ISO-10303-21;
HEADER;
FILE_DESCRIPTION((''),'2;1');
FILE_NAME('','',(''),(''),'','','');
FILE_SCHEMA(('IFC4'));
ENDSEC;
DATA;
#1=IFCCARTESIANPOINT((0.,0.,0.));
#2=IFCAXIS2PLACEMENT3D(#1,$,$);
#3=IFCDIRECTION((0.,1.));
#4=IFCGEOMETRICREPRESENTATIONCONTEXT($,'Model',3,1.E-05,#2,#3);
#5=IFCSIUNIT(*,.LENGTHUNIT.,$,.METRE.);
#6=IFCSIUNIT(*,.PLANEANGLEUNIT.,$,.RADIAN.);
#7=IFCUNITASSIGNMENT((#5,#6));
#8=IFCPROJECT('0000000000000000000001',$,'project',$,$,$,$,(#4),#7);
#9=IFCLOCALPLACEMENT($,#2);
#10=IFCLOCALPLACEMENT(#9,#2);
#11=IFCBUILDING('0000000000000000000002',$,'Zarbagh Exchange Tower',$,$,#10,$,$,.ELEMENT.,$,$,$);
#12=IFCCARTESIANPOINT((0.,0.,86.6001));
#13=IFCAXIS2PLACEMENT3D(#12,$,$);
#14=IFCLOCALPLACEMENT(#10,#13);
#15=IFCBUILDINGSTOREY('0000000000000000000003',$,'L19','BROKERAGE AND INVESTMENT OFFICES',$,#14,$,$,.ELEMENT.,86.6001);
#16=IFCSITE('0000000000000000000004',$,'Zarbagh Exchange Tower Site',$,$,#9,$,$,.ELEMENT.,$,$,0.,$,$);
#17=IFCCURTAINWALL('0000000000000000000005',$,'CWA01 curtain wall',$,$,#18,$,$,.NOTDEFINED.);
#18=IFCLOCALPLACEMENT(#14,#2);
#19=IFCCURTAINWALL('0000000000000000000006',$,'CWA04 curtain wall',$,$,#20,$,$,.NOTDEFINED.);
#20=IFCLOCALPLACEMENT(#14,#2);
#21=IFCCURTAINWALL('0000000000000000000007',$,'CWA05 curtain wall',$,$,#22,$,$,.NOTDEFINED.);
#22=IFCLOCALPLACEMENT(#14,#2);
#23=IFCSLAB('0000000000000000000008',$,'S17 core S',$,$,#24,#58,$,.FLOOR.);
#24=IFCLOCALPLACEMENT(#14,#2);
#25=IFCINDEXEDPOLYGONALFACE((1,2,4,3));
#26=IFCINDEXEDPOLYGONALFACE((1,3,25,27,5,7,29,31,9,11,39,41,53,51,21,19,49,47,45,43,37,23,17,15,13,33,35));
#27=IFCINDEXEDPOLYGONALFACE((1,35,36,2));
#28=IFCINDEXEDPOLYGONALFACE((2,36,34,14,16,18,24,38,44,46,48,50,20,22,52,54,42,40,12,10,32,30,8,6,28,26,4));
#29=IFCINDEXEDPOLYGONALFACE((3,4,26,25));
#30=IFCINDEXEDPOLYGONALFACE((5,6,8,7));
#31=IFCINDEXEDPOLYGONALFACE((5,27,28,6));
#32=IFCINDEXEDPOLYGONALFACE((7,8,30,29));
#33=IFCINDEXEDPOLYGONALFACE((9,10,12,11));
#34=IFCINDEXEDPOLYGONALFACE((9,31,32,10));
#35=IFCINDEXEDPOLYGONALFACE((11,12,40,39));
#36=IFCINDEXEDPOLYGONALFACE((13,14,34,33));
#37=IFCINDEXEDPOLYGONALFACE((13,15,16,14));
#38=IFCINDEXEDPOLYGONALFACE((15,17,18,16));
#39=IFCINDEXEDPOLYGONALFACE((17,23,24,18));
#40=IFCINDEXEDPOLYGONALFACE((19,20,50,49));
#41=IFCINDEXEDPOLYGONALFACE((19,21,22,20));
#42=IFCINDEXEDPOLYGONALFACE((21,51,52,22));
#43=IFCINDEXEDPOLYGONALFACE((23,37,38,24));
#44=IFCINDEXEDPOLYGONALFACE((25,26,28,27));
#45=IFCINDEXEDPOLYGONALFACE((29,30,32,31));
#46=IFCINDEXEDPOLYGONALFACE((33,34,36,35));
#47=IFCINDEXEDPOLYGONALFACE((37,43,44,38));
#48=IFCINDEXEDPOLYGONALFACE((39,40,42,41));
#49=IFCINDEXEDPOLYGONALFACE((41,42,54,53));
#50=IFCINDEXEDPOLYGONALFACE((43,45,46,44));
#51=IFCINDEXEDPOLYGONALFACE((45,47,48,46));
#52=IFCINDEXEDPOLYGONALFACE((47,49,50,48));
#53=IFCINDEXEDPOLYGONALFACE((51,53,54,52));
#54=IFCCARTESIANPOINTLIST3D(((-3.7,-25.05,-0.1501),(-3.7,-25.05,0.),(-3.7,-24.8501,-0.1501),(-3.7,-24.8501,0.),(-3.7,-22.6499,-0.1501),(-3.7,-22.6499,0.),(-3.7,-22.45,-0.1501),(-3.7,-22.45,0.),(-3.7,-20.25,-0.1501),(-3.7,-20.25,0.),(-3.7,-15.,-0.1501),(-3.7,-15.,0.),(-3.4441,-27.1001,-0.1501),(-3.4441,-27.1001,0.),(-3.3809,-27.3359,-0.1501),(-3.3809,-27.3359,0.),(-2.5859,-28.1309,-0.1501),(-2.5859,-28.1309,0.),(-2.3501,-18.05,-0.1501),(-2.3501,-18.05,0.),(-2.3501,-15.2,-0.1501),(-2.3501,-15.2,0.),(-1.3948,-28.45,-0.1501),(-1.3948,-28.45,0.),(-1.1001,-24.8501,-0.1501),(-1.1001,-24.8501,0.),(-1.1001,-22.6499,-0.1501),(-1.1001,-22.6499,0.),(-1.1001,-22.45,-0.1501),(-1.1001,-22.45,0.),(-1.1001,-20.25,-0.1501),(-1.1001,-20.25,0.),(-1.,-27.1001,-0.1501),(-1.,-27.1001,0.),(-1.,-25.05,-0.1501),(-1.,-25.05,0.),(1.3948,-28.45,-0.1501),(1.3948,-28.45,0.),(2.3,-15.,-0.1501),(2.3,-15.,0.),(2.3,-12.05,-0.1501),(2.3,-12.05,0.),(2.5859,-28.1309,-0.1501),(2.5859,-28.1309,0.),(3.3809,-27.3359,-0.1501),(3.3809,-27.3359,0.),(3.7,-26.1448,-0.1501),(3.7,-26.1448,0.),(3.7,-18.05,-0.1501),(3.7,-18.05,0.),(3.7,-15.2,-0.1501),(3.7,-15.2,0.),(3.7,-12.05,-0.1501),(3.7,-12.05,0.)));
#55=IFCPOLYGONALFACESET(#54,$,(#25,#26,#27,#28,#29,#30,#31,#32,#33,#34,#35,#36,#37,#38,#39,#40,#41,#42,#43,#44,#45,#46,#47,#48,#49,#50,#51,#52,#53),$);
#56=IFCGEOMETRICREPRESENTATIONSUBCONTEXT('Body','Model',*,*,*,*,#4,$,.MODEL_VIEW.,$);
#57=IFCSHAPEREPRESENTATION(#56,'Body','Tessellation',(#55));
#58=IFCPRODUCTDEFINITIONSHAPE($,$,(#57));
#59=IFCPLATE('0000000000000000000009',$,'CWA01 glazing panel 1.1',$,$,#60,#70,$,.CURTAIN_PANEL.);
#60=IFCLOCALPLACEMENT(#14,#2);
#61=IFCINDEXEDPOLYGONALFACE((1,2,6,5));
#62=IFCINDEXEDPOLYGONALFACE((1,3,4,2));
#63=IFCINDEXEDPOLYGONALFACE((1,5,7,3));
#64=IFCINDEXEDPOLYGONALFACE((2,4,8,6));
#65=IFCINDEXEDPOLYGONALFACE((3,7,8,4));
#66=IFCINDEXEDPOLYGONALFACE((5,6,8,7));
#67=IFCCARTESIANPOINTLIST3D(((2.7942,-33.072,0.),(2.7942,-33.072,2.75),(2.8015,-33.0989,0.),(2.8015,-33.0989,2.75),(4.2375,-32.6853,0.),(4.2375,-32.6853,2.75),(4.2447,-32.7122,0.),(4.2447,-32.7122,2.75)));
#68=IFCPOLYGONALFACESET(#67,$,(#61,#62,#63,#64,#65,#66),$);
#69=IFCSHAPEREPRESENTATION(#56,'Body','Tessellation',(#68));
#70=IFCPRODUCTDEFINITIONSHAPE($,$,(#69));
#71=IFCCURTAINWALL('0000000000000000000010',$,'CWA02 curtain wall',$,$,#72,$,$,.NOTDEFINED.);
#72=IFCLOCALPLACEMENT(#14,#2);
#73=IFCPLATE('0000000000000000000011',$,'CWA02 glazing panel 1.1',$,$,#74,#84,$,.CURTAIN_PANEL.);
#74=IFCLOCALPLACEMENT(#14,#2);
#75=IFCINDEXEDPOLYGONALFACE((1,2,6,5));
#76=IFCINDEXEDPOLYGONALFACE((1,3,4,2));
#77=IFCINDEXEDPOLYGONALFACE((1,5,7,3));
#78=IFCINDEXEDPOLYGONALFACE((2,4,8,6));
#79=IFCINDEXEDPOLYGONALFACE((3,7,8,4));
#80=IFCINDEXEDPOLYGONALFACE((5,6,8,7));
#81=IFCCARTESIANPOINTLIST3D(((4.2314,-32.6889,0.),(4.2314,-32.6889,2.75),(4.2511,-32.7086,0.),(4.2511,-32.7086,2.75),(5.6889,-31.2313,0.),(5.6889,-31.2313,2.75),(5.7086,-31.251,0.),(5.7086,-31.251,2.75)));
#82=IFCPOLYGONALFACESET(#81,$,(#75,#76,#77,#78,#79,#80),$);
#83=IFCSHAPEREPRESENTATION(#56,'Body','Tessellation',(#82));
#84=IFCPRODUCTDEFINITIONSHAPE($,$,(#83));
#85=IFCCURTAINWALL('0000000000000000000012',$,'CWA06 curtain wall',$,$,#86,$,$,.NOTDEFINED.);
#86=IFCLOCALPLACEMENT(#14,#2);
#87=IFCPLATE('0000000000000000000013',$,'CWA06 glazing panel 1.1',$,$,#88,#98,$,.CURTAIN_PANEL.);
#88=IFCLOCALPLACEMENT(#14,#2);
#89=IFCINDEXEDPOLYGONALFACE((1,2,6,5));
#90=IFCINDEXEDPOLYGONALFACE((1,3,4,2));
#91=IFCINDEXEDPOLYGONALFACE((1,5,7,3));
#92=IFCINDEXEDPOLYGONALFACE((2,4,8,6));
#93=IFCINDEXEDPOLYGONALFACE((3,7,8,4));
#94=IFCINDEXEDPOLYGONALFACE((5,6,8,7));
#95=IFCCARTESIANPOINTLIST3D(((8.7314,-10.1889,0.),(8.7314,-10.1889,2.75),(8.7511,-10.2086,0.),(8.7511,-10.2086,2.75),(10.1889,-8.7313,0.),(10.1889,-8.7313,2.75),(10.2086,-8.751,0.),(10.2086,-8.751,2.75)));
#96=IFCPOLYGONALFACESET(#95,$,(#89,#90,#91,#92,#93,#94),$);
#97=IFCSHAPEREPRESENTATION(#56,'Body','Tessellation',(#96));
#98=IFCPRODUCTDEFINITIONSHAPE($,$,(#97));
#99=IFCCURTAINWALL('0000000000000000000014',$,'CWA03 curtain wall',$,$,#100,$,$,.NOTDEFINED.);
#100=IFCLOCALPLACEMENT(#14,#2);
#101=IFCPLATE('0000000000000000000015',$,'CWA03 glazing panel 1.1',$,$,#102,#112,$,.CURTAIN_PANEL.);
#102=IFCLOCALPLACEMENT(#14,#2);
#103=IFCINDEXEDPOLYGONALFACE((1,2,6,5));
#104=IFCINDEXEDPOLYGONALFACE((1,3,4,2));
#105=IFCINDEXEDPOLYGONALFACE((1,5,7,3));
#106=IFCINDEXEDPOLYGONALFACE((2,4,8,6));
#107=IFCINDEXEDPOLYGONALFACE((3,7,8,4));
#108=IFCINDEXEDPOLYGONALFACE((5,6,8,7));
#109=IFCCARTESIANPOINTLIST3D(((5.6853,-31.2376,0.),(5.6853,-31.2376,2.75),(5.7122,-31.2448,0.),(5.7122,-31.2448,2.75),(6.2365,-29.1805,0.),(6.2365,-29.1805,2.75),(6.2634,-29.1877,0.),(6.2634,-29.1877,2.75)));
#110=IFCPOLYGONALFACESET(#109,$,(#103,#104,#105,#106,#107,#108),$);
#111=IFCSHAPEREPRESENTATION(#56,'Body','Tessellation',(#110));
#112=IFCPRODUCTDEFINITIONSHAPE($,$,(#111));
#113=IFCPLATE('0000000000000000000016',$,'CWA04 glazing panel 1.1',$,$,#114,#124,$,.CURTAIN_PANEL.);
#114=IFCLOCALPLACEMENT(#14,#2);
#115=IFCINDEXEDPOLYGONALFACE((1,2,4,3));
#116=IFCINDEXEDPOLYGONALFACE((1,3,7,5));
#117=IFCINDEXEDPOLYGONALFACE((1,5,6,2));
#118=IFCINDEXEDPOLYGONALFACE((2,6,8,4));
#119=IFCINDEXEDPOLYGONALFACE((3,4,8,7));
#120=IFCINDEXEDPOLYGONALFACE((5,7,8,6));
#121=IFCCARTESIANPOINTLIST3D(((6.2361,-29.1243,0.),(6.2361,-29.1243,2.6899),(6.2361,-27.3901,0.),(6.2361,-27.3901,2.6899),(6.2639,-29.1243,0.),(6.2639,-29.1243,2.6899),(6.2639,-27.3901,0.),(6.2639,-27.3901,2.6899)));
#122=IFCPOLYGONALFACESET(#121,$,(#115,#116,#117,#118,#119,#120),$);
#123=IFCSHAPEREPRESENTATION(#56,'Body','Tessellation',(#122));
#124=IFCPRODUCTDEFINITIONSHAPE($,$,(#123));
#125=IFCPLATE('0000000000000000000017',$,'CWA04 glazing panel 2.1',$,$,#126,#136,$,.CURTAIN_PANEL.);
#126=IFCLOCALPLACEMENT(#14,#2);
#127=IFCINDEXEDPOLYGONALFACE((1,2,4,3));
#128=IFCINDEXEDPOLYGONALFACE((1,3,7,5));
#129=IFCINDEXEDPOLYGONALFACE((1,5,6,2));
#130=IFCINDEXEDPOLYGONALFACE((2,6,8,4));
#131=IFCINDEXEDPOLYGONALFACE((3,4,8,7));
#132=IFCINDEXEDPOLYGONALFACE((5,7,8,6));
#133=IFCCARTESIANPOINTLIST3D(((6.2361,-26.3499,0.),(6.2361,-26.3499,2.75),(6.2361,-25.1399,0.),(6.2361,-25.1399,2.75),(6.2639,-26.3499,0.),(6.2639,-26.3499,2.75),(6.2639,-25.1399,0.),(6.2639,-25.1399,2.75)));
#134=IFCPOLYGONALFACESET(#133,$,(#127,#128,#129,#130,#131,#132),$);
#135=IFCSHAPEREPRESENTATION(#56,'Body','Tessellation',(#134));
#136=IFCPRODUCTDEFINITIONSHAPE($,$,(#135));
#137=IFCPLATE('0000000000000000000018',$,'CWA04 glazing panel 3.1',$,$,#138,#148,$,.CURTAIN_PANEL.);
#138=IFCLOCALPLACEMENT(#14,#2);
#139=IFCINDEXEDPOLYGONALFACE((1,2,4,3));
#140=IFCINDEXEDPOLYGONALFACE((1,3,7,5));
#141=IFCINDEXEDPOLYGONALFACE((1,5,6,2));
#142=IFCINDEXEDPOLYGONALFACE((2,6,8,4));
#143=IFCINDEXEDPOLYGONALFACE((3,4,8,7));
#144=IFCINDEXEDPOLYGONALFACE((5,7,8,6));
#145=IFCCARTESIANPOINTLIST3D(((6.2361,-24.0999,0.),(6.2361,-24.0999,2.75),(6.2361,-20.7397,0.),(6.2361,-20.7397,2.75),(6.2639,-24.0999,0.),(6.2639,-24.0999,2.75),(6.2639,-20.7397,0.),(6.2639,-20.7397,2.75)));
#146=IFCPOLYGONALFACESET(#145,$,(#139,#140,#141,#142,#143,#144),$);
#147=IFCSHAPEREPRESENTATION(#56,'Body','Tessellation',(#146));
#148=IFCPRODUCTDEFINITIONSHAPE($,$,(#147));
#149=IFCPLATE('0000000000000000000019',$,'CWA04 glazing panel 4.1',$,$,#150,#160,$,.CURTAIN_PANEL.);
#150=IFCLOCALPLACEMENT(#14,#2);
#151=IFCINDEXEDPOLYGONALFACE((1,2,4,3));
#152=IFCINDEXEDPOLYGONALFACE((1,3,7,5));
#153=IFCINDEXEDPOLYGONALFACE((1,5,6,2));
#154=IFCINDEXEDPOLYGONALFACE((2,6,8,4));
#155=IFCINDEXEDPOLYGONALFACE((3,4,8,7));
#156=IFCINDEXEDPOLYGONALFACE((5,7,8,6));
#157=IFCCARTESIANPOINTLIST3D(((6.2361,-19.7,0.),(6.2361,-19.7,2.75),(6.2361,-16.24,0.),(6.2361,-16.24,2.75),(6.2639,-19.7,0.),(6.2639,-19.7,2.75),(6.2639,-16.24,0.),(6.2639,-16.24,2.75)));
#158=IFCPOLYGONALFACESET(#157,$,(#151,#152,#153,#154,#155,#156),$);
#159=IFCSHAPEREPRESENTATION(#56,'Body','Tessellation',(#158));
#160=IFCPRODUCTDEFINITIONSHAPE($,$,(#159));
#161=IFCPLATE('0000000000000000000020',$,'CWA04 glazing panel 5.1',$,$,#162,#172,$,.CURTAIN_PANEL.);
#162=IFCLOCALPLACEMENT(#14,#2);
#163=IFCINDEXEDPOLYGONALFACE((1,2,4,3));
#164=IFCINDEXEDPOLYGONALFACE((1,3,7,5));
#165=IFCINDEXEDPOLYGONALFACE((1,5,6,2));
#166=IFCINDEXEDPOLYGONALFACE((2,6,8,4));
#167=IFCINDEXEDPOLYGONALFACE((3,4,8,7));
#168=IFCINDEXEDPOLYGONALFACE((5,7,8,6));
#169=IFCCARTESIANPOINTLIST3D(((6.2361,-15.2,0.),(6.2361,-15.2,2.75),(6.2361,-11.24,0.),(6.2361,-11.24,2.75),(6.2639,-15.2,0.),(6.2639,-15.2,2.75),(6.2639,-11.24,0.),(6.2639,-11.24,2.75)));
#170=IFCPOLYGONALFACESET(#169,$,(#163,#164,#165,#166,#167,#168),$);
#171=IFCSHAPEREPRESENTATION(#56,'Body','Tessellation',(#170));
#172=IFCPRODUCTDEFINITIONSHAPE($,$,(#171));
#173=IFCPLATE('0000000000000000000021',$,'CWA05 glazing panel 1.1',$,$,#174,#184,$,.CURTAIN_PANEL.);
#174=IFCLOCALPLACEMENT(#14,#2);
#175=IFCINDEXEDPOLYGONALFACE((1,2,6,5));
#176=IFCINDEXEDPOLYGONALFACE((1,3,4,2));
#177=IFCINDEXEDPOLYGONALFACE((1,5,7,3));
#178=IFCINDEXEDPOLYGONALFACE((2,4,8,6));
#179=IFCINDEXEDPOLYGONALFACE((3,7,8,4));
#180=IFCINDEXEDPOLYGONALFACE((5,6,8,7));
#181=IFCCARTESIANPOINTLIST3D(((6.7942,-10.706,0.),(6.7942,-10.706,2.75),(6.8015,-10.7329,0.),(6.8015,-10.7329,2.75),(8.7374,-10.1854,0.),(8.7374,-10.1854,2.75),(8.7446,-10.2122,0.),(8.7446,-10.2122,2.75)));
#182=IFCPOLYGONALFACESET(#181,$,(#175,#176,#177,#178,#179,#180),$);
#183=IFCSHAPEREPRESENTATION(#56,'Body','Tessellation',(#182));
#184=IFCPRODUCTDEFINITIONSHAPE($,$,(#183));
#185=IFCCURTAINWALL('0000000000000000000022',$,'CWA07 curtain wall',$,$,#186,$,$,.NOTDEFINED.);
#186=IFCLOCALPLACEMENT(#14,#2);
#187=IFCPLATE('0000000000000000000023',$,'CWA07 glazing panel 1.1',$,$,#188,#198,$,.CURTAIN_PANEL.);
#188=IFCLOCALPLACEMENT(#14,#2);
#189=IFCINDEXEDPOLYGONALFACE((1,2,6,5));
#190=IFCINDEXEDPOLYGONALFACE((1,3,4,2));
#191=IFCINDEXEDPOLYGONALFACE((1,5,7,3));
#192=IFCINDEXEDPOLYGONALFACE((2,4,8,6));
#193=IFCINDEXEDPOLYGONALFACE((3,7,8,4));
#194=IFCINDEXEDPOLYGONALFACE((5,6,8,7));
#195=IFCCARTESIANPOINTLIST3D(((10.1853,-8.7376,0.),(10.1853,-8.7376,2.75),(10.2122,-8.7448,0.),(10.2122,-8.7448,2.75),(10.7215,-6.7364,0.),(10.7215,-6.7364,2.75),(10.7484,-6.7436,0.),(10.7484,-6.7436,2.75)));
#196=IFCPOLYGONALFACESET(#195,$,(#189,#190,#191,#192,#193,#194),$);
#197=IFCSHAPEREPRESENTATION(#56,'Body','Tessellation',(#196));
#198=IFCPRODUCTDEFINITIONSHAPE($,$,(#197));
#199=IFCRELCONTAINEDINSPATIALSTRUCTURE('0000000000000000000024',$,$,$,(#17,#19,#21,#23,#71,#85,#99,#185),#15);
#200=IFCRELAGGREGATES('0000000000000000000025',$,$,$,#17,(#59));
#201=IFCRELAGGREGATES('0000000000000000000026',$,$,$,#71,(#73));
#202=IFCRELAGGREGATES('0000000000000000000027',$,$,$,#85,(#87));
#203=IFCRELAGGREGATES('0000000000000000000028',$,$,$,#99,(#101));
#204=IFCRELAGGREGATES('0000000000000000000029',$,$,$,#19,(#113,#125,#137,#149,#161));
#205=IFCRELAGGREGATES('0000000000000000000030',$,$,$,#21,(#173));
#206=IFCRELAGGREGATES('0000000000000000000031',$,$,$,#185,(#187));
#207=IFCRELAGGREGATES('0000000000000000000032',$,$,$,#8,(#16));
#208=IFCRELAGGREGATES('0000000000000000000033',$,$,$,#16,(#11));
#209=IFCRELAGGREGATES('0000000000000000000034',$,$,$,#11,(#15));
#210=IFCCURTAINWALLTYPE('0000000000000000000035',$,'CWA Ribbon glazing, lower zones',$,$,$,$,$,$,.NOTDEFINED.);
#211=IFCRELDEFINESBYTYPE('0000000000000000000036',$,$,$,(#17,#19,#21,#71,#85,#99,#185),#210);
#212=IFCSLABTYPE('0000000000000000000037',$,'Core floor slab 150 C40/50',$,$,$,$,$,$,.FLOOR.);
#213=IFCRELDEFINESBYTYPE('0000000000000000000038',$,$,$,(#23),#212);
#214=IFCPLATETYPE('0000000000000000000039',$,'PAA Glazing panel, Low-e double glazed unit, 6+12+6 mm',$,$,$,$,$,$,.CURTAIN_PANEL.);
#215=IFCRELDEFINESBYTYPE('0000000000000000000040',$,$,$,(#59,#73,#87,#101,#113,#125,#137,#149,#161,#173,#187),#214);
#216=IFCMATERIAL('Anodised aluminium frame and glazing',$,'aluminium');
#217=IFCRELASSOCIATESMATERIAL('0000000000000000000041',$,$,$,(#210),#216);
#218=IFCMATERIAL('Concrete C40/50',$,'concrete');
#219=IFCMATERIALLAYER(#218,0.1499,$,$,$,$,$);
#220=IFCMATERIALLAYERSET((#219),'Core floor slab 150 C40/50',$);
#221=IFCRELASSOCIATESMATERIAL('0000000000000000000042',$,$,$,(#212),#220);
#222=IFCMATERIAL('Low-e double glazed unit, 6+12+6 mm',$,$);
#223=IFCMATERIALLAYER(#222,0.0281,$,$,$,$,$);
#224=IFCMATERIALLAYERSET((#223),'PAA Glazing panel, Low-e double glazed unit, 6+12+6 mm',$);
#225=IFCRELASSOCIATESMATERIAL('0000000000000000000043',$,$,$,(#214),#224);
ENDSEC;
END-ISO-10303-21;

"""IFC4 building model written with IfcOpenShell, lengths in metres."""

from ifc_helpers import new_model, si_unit, direction, frame, origin, place, context, subcontext, project, spatial, polyline, outline, extrude, source, transform, mapped, material, layer, layer_set, type_object, element, aggregate, save


model = new_model("IFC4")

# Units and contexts
model_context = context("Model", 3, precision=1e-05, world=origin(), true_north=direction((0.0, 1.0)))
body_context = subcontext(model_context, "Body", "Model", "MODEL_VIEW")
ifc_project = project(units=[si_unit("LENGTHUNIT", "METRE"), si_unit("PLANEANGLEUNIT", "RADIAN")], contexts=[model_context])

# Site, building, storey
site_placement = place(None, origin())
site = spatial("IfcSite", under=ifc_project, at=site_placement, Name="Zarbagh Exchange Tower Site", CompositionType="ELEMENT", RefElevation=0.0)
building_placement = place(site_placement, origin())
building = spatial("IfcBuilding", under=site, at=building_placement, Name="Zarbagh Exchange Tower", CompositionType="ELEMENT")
storey_placement = place(building_placement, frame((0.0, 0.0, 86.6001)))
storey = spatial("IfcBuildingStorey", under=building, at=storey_placement, Name="L19", Description="BROKERAGE AND INVESTMENT OFFICES", CompositionType="ELEMENT", Elevation=86.6001)

# Curtain wall
ifc_material_1 = material(Name="Anodised aluminium frame and glazing", Category="aluminium")
curtain_wall_type = type_object("IfcCurtainWallType", Name="CWA Ribbon glazing, lower zones", PredefinedType="NOTDEFINED", material=ifc_material_1)
curtain_wall_1_placement = place(storey_placement, origin())
curtain_wall_1 = element("IfcCurtainWall", 1, at=curtain_wall_1_placement, inside=storey, type_object=curtain_wall_type, Name="CWA01 curtain wall", PredefinedType="NOTDEFINED")
placement = place(storey_placement, origin())

# Curtain wall
curtain_wall_2_placement = place(storey_placement, origin())
curtain_wall_2 = element("IfcCurtainWall", 2, at=curtain_wall_2_placement, inside=storey, type_object=curtain_wall_type, Name="CWA04 curtain wall", PredefinedType="NOTDEFINED")

# Curtain wall
curtain_wall_3_placement = place(storey_placement, origin())
curtain_wall_3 = element("IfcCurtainWall", 3, at=curtain_wall_3_placement, inside=storey, type_object=curtain_wall_type, Name="CWA05 curtain wall", PredefinedType="NOTDEFINED")

# Slab
ifc_material_2 = material(Name="Concrete C40/50", Category="concrete")
ifc_layer_1 = layer(ifc_material_2, 0.1499)
ifc_layer_set_1 = layer_set([ifc_layer_1], Name="Core floor slab 150 C40/50")
slab_type = type_object("IfcSlabType", Name="Core floor slab 150 C40/50", PredefinedType="FLOOR", material=ifc_layer_set_1)
slab_1_placement = place(storey_placement, frame((0.0, 0.0, -0.1501)))
element("IfcSlab", 4, at=slab_1_placement, inside=storey, type_object=slab_type, Name="S17 core S", PredefinedType="FLOOR", context=body_context, shape_type="SweptSolid", body=[
    extrude(outline(polyline([(-2.5859, -28.1309), (-3.3809, -27.3359), (-3.6465, -26.3447), (-3.4441, -27.1001), (-1.0, -27.1001), (-1.0, -25.05), (-3.7, -25.05), (-3.7, -24.8501), (-1.1001, -24.8501), (-1.1001, -22.6499), (-3.7, -22.6499), (-3.7, -22.45), (-1.1001, -22.45), (-1.1001, -20.25), (-3.7, -20.25), (-3.7, -15.0), (2.3, -15.0), (2.3, -12.05), (3.7, -12.05), (3.7, -15.2), (-2.3501, -15.2), (-2.3501, -18.05), (3.7, -18.05), (3.7, -26.1448), (3.3809, -27.3359), (2.5859, -28.1309), (1.3948, -28.45), (-1.3948, -28.45), (-2.5859, -28.1309)])), origin(), (0.0, 0.0, 1.0), 0.1501),
])

# Plate
ifc_material_3 = material(Name="Low-e double glazed unit, 6+12+6 mm")
ifc_layer_2 = layer(ifc_material_3, 0.0281)
ifc_layer_set_2 = layer_set([ifc_layer_2], Name="PAA Glazing panel, Low-e double glazed unit, 6+12+6 mm")
plate_type = type_object("IfcPlateType", Name="PAA Glazing panel, Low-e double glazed unit, 6+12+6 mm", PredefinedType="CURTAIN_PANEL", material=ifc_layer_set_2)
shared_shape_1 = source(origin(), body_context, "Body", "SweptSolid", [
    extrude(outline(polyline([(0.0, -0.0139), (1.4941, -0.0139), (1.4941, 0.0139), (0.0, 0.0139), (0.0, -0.0139)])), origin(), (0.0, 0.0, 1.0), 2.75),
])
plate_1 = element("IfcPlate", 5, at=placement, type_object=plate_type, Name="CWA01 glazing panel 1.1", PredefinedType="CURTAIN_PANEL", context=body_context, shape_type="MappedRepresentation", body=[
    mapped(shared_shape_1, transform((2.7979, -33.0854, 0.0), x_axis=(0.965924, 0.258825, 0.0), y_axis=(-0.258825, 0.965924, 0.0), z_axis=(0.0, 0.0, 1.0))),
])
aggregate(curtain_wall_1, [plate_1])

# Curtain walls, plates
curtain_wall_4_placement = place(storey_placement, origin())
curtain_wall_4 = element("IfcCurtainWall", 6, at=curtain_wall_4_placement, inside=storey, type_object=curtain_wall_type, Name="CWA02 curtain wall", PredefinedType="NOTDEFINED")
shared_shape_2 = source(origin(), body_context, "Body", "SweptSolid", [
    extrude(outline(polyline([(0.0, -0.0139), (2.0613, -0.0139), (2.0613, 0.0139), (0.0, 0.0139), (0.0, -0.0139)])), origin(), (0.0, 0.0, 1.0), 2.75),
])
plate_2 = element("IfcPlate", 7, at=placement, type_object=plate_type, Name="CWA02 glazing panel 1.1", PredefinedType="CURTAIN_PANEL", context=body_context, shape_type="MappedRepresentation", body=[
    mapped(shared_shape_2, transform((4.2412, -32.6987, 0.0), x_axis=(0.707107, 0.707107, 0.0), y_axis=(-0.707107, 0.707107, 0.0), z_axis=(0.0, 0.0, 1.0))),
])
aggregate(curtain_wall_4, [plate_2])
curtain_wall_5_placement = place(storey_placement, origin())
curtain_wall_5 = element("IfcCurtainWall", 8, at=curtain_wall_5_placement, inside=storey, type_object=curtain_wall_type, Name="CWA06 curtain wall", PredefinedType="NOTDEFINED")
plate_3 = element("IfcPlate", 9, at=placement, type_object=plate_type, Name="CWA06 glazing panel 1.1", PredefinedType="CURTAIN_PANEL", context=body_context, shape_type="MappedRepresentation", body=[
    mapped(shared_shape_2, transform((8.7412, -10.1987, 0.0), x_axis=(0.707107, 0.707107, 0.0), y_axis=(-0.707107, 0.707107, 0.0), z_axis=(0.0, 0.0, 1.0))),
])
aggregate(curtain_wall_5, [plate_3])
curtain_wall_6_placement = place(storey_placement, origin())
curtain_wall_6 = element("IfcCurtainWall", 10, at=curtain_wall_6_placement, inside=storey, type_object=curtain_wall_type, Name="CWA03 curtain wall", PredefinedType="NOTDEFINED")
shared_shape_3 = source(origin(), body_context, "Body", "SweptSolid", [
    extrude(outline(polyline([(0.0, -0.0139), (2.1296, -0.0139), (2.1296, 0.0139), (0.0, 0.0139), (0.0, -0.0139)])), origin(), (0.0, 0.0, 1.0), 2.75),
])
plate_4 = element("IfcPlate", 11, at=placement, type_object=plate_type, Name="CWA03 glazing panel 1.1", PredefinedType="CURTAIN_PANEL", context=body_context, shape_type="MappedRepresentation", body=[
    mapped(shared_shape_3, transform((5.6987, -31.2412, 0.0), x_axis=(0.258825, 0.965924, 0.0), y_axis=(-0.965924, 0.258825, 0.0), z_axis=(0.0, 0.0, 1.0))),
])
aggregate(curtain_wall_6, [plate_4])

# Plates
shared_shape_4 = source(origin(), body_context, "Body", "SweptSolid", [
    extrude(outline(polyline([(0.0, -0.0139), (1.7341, -0.0139), (1.7341, 0.0139), (0.0, 0.0139), (0.0, -0.0139)])), origin(), (0.0, 0.0, 1.0), 2.6899),
])
plate_5 = element("IfcPlate", 12, at=placement, type_object=plate_type, Name="CWA04 glazing panel 1.1", PredefinedType="CURTAIN_PANEL", context=body_context, shape_type="MappedRepresentation", body=[
    mapped(shared_shape_4, transform((6.25, -29.1243, 0.0), x_axis=(0.0, 1.0, 0.0), y_axis=(-1.0, 0.0, 0.0), z_axis=(0.0, 0.0, 1.0))),
])
shared_shape_5 = source(origin(), body_context, "Body", "SweptSolid", [
    extrude(outline(polyline([(0.0, -0.0139), (1.21, -0.0139), (1.21, 0.0139), (0.0, 0.0139), (0.0, -0.0139)])), origin(), (0.0, 0.0, 1.0), 2.75),
])
plate_6 = element("IfcPlate", 13, at=placement, type_object=plate_type, Name="CWA04 glazing panel 2.1", PredefinedType="CURTAIN_PANEL", context=body_context, shape_type="MappedRepresentation", body=[
    mapped(shared_shape_5, transform((6.25, -26.3499, 0.0), x_axis=(0.0, 1.0, 0.0), y_axis=(-1.0, 0.0, 0.0), z_axis=(0.0, 0.0, 1.0))),
])
shared_shape_6 = source(origin(), body_context, "Body", "SweptSolid", [
    extrude(outline(polyline([(0.0, -0.0139), (3.3601, -0.0139), (3.3601, 0.0139), (0.0, 0.0139), (0.0, -0.0139)])), origin(), (0.0, 0.0, 1.0), 2.75),
])
plate_7 = element("IfcPlate", 14, at=placement, type_object=plate_type, Name="CWA04 glazing panel 3.1", PredefinedType="CURTAIN_PANEL", context=body_context, shape_type="MappedRepresentation", body=[
    mapped(shared_shape_6, transform((6.25, -24.0999, 0.0), x_axis=(0.0, 1.0, 0.0), y_axis=(-1.0, 0.0, 0.0), z_axis=(0.0, 0.0, 1.0))),
])
shared_shape_7 = source(origin(), body_context, "Body", "SweptSolid", [
    extrude(outline(polyline([(0.0, -0.0139), (3.46, -0.0139), (3.46, 0.0139), (0.0, 0.0139), (0.0, -0.0139)])), origin(), (0.0, 0.0, 1.0), 2.75),
])
plate_8 = element("IfcPlate", 15, at=placement, type_object=plate_type, Name="CWA04 glazing panel 4.1", PredefinedType="CURTAIN_PANEL", context=body_context, shape_type="MappedRepresentation", body=[
    mapped(shared_shape_7, transform((6.25, -19.7, 0.0), x_axis=(0.0, 1.0, 0.0), y_axis=(-1.0, 0.0, 0.0), z_axis=(0.0, 0.0, 1.0))),
])
shared_shape_8 = source(origin(), body_context, "Body", "SweptSolid", [
    extrude(outline(polyline([(0.0, -0.0139), (3.96, -0.0139), (3.96, 0.0139), (0.0, 0.0139), (0.0, -0.0139)])), origin(), (0.0, 0.0, 1.0), 2.75),
])
plate_9 = element("IfcPlate", 16, at=placement, type_object=plate_type, Name="CWA04 glazing panel 5.1", PredefinedType="CURTAIN_PANEL", context=body_context, shape_type="MappedRepresentation", body=[
    mapped(shared_shape_8, transform((6.25, -15.2, 0.0), x_axis=(0.0, 1.0, 0.0), y_axis=(-1.0, 0.0, 0.0), z_axis=(0.0, 0.0, 1.0))),
])
aggregate(curtain_wall_2, [plate_5, plate_6, plate_7, plate_8, plate_9])
shared_shape_9 = source(origin(), body_context, "Body", "SweptSolid", [
    extrude(outline(polyline([(0.0, -0.0139), (2.0117, -0.0139), (2.0117, 0.0139), (0.0, 0.0139), (0.0, -0.0139)])), origin(), (0.0, 0.0, 1.0), 2.75),
])
plate_10 = element("IfcPlate", 17, at=placement, type_object=plate_type, Name="CWA05 glazing panel 1.1", PredefinedType="CURTAIN_PANEL", context=body_context, shape_type="MappedRepresentation", body=[
    mapped(shared_shape_9, transform((6.7979, -10.7195, 0.0), x_axis=(0.965924, 0.258825, 0.0), y_axis=(-0.258825, 0.965924, 0.0), z_axis=(0.0, 0.0, 1.0))),
])
aggregate(curtain_wall_3, [plate_10])

# Curtain wall, plate
curtain_wall_7_placement = place(storey_placement, origin())
curtain_wall_7 = element("IfcCurtainWall", 18, at=curtain_wall_7_placement, inside=storey, type_object=curtain_wall_type, Name="CWA07 curtain wall", PredefinedType="NOTDEFINED")
shared_shape_10 = source(origin(), body_context, "Body", "SweptSolid", [
    extrude(outline(polyline([(0.0, -0.0139), (2.0718, -0.0139), (2.0718, 0.0139), (0.0, 0.0139), (0.0, -0.0139)])), origin(), (0.0, 0.0, 1.0), 2.75),
])
plate_11 = element("IfcPlate", 19, at=placement, type_object=plate_type, Name="CWA07 glazing panel 1.1", PredefinedType="CURTAIN_PANEL", context=body_context, shape_type="MappedRepresentation", body=[
    mapped(shared_shape_10, transform((10.1987, -8.7412, 0.0), x_axis=(0.258825, 0.965924, 0.0), y_axis=(-0.965924, 0.258825, 0.0), z_axis=(0.0, 0.0, 1.0))),
])
aggregate(curtain_wall_7, [plate_11])

save(model, "model.ifc")
